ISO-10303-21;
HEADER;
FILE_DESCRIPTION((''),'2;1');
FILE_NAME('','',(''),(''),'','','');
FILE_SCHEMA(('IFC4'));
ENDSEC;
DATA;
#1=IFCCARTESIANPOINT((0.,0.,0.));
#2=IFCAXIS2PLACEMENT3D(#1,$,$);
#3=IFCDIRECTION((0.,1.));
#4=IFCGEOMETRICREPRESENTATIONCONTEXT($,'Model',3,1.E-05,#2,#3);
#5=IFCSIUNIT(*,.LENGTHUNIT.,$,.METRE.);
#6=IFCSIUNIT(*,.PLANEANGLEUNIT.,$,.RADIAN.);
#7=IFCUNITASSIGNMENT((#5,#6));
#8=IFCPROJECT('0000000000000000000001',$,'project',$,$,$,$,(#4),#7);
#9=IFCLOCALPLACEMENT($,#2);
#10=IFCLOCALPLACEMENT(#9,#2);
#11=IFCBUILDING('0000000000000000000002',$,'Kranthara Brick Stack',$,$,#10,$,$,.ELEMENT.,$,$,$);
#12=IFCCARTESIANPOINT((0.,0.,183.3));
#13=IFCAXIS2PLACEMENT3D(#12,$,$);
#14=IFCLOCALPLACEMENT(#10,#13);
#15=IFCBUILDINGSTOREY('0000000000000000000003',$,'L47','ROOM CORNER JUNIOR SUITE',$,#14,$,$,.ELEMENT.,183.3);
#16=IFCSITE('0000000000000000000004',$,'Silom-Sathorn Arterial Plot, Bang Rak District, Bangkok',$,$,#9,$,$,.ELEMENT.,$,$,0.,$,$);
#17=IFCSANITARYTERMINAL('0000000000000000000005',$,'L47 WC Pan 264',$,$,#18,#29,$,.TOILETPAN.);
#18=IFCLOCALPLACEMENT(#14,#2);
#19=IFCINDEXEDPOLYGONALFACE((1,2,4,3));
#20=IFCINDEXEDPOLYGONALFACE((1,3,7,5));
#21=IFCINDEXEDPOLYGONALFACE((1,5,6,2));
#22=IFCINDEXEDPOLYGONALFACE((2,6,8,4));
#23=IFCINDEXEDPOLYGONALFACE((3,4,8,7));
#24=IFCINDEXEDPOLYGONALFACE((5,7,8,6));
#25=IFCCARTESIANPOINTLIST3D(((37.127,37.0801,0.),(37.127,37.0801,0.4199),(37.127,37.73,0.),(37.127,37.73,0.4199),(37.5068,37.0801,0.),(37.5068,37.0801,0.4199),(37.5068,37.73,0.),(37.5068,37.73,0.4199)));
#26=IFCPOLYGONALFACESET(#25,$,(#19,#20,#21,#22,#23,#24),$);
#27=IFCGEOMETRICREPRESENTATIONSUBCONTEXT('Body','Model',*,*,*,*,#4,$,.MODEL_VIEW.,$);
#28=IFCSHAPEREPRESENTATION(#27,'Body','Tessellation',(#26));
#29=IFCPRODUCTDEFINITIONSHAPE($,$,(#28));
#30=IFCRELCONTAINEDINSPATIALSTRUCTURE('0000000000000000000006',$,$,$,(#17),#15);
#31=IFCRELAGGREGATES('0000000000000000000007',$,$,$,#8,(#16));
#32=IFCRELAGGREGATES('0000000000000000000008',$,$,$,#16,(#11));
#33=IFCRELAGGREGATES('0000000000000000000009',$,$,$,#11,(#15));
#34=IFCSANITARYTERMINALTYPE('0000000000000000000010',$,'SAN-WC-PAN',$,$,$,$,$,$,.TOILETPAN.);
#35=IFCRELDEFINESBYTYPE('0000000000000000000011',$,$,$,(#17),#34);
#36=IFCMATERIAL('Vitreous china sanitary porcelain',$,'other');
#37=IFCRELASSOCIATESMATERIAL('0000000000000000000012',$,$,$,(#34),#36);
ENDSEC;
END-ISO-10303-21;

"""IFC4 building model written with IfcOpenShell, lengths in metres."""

from ifc_helpers import new_model, si_unit, direction, frame, origin, origin_2d, place, context, subcontext, project, spatial, rectangle, extrude, material, type_object, element, save


model = new_model("IFC4")

# Units and contexts
model_context = context("Model", 3, precision=1e-05, world=origin(), true_north=direction((0.0, 1.0)))
body_context = subcontext(model_context, "Body", "Model", "MODEL_VIEW")
ifc_project = project(units=[si_unit("LENGTHUNIT", "METRE"), si_unit("PLANEANGLEUNIT", "RADIAN")], contexts=[model_context])

# Site, building, storey
site_placement = place(None, origin())
site = spatial("IfcSite", under=ifc_project, at=site_placement, Name="Silom-Sathorn Arterial Plot, Bang Rak District, Bangkok", CompositionType="ELEMENT", RefElevation=0.0)
building_placement = place(site_placement, origin())
building = spatial("IfcBuilding", under=site, at=building_placement, Name="Kranthara Brick Stack", CompositionType="ELEMENT")
storey_placement = place(building_placement, frame((0.0, 0.0, 183.3)))
storey = spatial("IfcBuildingStorey", under=building, at=storey_placement, Name="L47", Description="ROOM CORNER JUNIOR SUITE", CompositionType="ELEMENT", Elevation=183.3)

# Sanitary terminal
ifc_material_1 = material(Name="Vitreous china sanitary porcelain", Category="other")
sanitary_terminal_type_1 = type_object("IfcSanitaryTerminalType", Name="SAN-WC-PAN", PredefinedType="TOILETPAN", material=ifc_material_1)
sanitary_terminal_1_placement = place(storey_placement, frame((37.3169, 37.405, 0.0), z_axis=(0.0, 0.0, 1.0), x_axis=(1.0, 0.0, 0.0)))
element("IfcSanitaryTerminal", 1, at=sanitary_terminal_1_placement, inside=storey, type_object=sanitary_terminal_type_1, Name="L47 WC Pan 264", PredefinedType="TOILETPAN", context=body_context, shape_type="SweptSolid", body=[
    extrude(rectangle(XDim=0.3799, YDim=0.6499, at=origin_2d()), origin(), (0.0, 0.0, 1.0), 0.4199),
])

save(model, "model.ifc")
